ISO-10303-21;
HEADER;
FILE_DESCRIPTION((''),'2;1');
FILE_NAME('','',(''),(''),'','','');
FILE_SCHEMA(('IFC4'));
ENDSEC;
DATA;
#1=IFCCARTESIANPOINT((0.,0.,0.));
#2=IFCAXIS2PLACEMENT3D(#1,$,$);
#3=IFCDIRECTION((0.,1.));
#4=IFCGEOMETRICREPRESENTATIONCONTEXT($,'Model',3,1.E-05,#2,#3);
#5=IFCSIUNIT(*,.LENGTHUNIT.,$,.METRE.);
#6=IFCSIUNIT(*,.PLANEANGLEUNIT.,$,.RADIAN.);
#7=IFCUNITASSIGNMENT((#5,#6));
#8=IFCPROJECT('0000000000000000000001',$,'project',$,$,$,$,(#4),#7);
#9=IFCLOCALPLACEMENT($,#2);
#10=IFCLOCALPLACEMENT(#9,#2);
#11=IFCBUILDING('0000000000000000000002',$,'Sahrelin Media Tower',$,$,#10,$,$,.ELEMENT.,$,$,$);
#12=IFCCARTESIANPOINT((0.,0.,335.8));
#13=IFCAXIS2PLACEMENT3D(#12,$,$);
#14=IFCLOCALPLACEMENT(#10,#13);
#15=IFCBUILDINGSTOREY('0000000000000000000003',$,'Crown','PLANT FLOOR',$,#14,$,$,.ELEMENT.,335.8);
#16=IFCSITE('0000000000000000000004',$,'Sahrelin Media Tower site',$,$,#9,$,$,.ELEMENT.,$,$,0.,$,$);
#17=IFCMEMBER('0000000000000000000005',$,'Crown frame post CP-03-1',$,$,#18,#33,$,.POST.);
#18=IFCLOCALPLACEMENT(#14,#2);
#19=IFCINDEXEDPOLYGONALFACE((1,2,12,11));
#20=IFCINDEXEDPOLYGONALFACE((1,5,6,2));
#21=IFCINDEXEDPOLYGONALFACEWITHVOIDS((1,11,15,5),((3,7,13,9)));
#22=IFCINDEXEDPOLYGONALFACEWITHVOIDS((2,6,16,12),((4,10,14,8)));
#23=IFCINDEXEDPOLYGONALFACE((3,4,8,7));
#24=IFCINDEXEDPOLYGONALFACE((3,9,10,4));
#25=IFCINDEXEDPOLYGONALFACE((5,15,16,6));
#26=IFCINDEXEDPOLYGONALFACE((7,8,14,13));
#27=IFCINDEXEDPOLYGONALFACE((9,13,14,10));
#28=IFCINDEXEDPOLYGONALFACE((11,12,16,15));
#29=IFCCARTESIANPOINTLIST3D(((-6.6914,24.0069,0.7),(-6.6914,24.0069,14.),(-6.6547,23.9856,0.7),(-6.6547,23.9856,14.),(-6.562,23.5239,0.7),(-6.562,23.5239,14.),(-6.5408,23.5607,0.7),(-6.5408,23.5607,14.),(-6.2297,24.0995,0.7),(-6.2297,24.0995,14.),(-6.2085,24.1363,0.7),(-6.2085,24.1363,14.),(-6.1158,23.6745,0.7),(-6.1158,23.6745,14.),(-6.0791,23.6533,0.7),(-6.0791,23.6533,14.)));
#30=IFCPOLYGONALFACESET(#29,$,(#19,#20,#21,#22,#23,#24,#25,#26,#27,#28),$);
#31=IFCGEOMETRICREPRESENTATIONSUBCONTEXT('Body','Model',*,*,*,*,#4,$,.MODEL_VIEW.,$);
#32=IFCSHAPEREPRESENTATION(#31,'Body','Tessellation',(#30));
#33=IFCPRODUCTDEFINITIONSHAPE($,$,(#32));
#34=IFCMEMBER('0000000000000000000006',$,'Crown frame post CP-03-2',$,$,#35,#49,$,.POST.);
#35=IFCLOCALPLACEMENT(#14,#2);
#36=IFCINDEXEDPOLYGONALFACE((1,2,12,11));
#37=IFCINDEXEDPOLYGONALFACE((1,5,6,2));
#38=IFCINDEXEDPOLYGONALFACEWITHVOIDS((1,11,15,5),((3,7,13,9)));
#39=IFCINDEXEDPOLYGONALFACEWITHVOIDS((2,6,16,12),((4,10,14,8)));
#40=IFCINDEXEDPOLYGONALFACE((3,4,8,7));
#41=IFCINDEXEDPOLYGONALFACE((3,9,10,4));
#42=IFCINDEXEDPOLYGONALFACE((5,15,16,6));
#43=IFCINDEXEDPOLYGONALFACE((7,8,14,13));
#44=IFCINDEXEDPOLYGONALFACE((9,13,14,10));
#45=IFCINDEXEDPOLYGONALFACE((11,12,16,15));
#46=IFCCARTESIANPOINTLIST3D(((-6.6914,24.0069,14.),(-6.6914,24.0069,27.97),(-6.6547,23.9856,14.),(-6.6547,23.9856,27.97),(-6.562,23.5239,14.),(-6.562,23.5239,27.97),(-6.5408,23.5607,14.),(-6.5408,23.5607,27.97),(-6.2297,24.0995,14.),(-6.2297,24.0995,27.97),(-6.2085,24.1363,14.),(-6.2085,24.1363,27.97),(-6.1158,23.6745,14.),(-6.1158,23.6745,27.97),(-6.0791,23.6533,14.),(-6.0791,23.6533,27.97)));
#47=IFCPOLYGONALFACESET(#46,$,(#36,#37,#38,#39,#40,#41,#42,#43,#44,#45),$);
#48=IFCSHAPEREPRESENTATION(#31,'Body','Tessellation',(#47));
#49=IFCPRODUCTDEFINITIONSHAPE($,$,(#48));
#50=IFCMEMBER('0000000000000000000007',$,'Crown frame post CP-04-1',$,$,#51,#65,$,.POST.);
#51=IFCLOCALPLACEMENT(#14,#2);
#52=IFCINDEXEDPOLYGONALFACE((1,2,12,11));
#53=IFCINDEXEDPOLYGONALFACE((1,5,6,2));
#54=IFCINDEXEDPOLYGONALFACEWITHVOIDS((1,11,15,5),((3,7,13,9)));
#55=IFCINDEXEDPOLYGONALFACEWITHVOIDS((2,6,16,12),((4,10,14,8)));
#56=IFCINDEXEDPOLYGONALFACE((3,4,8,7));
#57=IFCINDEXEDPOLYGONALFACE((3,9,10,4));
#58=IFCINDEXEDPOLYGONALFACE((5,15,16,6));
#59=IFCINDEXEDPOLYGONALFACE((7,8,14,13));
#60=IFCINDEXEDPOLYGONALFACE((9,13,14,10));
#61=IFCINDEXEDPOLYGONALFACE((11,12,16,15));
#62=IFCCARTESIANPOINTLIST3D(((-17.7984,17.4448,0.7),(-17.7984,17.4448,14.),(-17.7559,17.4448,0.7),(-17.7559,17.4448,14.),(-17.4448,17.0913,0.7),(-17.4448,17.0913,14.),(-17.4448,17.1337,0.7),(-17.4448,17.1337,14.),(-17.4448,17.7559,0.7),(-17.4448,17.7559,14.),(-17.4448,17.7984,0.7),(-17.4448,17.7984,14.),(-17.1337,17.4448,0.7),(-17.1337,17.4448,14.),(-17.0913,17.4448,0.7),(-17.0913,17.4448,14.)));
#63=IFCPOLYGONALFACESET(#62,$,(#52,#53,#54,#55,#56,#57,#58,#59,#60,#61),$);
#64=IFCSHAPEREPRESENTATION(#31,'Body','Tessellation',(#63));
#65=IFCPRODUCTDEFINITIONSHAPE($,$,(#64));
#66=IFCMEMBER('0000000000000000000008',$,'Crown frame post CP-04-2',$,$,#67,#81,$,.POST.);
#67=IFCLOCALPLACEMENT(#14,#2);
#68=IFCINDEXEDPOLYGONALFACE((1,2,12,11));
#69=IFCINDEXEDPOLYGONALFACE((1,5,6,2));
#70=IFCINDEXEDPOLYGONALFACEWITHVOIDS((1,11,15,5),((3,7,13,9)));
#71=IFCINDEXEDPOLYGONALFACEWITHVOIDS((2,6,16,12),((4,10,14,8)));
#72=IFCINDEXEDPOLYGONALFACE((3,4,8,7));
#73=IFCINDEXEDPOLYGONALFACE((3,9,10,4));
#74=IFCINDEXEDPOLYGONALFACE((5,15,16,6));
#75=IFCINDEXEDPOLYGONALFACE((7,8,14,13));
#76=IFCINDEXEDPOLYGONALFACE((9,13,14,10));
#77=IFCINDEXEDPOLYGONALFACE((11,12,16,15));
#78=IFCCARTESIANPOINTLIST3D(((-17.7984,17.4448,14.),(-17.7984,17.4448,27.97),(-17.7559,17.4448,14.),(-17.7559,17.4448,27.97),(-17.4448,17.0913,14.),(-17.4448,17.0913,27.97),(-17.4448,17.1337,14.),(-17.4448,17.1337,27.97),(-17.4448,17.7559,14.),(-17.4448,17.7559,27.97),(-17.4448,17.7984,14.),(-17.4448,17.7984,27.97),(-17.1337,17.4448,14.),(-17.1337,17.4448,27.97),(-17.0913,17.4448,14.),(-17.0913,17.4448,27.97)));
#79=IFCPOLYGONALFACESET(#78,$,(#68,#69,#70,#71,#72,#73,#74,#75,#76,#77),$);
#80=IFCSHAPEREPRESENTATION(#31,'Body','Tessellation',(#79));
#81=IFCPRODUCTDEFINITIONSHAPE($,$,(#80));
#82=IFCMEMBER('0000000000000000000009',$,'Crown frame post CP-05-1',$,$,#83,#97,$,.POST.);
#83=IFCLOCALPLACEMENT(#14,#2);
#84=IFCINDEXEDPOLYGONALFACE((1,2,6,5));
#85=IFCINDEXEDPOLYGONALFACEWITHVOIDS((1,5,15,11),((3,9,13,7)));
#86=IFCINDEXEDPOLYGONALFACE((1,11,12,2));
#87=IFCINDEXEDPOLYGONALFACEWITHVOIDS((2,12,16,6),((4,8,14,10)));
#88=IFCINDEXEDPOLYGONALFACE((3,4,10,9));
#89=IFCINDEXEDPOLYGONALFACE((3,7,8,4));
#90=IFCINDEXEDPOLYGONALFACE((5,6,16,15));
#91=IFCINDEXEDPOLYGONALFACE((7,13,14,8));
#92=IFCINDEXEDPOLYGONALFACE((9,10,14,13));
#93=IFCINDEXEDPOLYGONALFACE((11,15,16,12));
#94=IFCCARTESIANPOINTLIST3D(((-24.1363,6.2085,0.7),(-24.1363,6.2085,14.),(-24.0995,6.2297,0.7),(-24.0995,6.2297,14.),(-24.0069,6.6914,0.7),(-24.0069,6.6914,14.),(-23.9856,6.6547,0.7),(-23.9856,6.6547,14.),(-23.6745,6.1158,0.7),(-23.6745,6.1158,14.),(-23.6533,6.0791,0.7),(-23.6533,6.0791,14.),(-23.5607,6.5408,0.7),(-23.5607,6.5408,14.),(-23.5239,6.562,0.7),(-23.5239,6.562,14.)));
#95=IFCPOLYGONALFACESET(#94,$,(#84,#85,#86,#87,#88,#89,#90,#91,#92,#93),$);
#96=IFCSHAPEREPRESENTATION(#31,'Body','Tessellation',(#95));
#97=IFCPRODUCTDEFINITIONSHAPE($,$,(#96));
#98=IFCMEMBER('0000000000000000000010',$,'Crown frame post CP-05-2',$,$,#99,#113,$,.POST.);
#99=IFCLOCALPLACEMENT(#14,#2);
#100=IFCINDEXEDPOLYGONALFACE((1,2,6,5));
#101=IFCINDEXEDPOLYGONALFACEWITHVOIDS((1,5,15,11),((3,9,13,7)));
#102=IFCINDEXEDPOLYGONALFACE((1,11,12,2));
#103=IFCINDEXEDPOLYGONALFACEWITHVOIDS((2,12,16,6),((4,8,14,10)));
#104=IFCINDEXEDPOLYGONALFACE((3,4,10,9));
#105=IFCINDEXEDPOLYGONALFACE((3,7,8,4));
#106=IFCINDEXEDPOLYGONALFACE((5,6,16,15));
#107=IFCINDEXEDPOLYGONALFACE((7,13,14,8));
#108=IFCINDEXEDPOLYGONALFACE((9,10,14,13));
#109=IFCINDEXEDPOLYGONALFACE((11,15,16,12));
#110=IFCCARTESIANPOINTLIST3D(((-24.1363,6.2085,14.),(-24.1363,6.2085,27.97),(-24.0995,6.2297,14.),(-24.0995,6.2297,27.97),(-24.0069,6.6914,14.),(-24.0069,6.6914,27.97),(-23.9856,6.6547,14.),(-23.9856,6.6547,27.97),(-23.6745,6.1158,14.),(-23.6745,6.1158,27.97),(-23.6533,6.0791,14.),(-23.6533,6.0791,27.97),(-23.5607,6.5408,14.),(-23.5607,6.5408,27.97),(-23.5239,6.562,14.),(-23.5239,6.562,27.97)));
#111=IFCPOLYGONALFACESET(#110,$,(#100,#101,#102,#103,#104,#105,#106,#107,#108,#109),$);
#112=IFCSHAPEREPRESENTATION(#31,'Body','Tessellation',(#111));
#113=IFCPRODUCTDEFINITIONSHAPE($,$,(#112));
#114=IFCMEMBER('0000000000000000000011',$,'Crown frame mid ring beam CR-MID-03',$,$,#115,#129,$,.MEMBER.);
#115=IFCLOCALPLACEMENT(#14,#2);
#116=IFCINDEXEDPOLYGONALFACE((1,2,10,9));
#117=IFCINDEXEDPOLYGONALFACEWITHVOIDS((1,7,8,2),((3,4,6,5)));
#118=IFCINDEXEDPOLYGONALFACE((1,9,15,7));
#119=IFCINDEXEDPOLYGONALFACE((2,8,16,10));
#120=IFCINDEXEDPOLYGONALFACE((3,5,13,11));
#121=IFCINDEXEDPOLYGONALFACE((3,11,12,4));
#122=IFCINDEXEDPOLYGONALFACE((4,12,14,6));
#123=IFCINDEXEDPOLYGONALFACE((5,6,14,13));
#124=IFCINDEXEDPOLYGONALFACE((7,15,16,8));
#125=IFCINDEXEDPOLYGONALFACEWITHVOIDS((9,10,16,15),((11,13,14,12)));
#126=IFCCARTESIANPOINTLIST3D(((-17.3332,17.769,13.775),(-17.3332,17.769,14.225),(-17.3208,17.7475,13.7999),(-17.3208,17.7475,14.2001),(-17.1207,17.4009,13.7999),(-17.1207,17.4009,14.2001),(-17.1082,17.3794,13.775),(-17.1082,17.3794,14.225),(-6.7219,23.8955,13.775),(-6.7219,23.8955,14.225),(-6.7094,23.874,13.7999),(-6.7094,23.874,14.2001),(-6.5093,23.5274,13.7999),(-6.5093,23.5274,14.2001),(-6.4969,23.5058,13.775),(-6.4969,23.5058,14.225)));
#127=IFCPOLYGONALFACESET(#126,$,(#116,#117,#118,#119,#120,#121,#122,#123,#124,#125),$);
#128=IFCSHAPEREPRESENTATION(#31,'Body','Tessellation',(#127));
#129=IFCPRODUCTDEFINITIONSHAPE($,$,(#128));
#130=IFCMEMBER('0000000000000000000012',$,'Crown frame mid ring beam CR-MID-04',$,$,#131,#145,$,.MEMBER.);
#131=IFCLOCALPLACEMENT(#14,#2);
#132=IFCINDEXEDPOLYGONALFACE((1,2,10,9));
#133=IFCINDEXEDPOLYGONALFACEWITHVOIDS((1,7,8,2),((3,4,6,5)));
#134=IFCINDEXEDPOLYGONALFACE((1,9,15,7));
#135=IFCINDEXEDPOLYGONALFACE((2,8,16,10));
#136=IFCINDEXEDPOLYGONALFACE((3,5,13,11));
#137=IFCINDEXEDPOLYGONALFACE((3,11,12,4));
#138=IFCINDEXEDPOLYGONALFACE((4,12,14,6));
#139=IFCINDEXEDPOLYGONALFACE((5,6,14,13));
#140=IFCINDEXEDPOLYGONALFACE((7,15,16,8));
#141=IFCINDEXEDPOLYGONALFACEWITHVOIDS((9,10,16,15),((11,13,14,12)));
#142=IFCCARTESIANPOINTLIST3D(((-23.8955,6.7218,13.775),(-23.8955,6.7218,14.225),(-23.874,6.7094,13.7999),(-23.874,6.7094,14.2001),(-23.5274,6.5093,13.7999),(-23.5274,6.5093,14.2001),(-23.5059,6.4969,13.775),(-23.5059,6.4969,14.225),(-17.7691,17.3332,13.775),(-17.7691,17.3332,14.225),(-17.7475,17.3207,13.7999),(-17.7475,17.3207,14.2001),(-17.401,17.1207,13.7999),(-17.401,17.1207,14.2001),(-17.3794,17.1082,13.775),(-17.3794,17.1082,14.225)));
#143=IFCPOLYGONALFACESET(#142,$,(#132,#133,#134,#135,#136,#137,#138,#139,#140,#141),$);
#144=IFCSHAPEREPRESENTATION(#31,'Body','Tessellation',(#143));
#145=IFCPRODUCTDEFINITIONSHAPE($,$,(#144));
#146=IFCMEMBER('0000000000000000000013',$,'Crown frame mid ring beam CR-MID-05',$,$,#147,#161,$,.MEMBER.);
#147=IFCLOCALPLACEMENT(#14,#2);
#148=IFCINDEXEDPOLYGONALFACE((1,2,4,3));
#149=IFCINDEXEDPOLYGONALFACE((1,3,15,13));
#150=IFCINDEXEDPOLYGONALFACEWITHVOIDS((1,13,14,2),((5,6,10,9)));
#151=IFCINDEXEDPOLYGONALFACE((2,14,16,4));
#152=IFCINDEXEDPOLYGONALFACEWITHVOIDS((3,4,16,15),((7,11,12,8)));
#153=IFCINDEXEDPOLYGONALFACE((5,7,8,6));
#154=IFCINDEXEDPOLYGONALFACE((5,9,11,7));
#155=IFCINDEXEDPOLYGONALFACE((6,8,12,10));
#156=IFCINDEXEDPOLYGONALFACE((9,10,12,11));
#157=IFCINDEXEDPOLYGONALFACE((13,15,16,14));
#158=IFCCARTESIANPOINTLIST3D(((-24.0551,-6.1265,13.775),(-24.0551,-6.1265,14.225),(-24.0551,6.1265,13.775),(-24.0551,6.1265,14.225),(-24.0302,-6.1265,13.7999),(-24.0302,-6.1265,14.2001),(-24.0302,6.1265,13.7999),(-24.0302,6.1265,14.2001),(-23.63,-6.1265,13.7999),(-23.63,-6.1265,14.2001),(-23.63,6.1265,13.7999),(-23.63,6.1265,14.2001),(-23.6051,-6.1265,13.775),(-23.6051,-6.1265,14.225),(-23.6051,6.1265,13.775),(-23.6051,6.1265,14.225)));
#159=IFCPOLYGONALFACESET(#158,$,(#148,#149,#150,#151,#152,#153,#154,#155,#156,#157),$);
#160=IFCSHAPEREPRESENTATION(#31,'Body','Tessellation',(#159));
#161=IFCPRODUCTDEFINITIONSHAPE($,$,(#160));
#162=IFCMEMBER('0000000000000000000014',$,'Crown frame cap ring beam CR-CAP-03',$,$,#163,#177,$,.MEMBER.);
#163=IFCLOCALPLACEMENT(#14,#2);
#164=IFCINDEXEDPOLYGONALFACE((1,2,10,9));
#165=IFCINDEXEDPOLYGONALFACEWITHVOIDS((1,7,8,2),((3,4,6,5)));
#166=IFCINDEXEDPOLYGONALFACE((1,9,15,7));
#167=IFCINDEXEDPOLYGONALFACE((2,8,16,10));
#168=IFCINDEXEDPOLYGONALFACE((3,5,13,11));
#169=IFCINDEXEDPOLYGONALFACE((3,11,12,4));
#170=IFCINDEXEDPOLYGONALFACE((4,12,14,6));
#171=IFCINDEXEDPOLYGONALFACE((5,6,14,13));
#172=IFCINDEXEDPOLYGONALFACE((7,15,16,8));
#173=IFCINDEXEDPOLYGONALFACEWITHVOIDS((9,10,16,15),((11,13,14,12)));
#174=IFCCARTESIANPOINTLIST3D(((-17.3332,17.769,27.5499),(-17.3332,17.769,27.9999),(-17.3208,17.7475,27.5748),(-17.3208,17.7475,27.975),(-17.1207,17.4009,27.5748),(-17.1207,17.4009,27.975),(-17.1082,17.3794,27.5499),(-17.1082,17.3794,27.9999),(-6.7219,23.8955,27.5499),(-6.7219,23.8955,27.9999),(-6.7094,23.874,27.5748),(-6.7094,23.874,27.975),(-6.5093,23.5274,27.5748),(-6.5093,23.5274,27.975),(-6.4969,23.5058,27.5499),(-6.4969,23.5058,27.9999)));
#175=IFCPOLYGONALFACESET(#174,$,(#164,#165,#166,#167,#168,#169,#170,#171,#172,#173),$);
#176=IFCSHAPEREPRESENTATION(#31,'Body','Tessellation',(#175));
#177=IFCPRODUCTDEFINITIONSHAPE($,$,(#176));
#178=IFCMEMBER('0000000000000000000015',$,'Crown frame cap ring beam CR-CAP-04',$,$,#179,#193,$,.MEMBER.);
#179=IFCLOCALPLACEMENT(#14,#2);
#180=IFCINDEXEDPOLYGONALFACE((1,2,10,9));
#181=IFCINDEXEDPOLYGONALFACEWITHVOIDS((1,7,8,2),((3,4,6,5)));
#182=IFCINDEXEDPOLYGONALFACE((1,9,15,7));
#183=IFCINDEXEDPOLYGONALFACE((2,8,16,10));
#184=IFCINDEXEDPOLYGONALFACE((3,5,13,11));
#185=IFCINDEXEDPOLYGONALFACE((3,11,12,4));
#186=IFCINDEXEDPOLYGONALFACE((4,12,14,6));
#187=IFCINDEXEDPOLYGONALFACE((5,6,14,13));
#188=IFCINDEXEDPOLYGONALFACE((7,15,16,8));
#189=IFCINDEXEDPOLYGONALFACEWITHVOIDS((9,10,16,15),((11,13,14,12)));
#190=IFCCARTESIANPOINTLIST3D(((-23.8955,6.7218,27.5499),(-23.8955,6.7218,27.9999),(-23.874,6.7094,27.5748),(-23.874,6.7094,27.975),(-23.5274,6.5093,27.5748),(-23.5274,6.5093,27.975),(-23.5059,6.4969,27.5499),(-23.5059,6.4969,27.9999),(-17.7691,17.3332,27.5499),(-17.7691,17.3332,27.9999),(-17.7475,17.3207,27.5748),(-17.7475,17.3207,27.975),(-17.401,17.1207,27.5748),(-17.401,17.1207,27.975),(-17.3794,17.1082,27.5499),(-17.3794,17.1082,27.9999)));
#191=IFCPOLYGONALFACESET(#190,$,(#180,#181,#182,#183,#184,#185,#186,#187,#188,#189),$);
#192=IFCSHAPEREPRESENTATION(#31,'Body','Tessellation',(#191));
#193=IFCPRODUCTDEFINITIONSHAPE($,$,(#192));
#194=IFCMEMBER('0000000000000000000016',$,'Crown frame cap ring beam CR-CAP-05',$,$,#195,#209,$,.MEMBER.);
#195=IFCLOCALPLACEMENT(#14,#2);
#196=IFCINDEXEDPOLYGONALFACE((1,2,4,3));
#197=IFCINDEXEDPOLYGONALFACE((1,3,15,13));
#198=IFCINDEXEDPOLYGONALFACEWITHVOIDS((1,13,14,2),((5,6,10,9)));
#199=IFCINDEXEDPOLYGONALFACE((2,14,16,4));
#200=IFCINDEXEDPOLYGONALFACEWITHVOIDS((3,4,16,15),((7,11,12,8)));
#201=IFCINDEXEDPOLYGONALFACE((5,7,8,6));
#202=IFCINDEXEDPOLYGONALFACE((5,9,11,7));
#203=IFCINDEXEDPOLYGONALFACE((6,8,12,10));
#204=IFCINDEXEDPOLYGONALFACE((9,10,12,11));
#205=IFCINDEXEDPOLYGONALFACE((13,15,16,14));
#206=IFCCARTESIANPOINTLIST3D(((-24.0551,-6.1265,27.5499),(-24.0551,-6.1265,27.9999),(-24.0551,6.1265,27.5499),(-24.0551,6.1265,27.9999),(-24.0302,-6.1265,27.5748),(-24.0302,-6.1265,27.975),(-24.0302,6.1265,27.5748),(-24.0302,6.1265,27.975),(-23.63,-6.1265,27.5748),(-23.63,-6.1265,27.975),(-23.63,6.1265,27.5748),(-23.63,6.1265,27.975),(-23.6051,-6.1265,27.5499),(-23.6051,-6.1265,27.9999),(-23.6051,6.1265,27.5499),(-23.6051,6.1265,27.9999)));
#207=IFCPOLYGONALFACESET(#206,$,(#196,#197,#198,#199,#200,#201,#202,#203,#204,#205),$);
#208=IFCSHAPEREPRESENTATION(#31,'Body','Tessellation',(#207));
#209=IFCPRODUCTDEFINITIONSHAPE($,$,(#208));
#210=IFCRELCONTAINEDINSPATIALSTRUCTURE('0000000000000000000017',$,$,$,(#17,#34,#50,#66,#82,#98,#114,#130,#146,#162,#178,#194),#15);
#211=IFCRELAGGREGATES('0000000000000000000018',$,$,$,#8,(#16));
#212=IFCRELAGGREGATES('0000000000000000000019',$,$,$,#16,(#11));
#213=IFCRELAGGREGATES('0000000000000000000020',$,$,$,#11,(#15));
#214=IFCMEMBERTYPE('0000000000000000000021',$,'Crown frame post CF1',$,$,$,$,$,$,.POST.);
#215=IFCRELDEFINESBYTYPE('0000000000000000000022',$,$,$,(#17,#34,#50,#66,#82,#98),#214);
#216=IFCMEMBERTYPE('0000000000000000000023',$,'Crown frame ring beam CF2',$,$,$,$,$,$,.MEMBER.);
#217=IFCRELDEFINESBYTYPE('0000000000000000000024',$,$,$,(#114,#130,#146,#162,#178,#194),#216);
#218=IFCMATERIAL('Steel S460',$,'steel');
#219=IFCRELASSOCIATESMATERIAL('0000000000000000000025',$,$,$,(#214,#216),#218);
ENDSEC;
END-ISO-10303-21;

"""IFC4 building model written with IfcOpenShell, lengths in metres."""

from ifc_helpers import new_model, si_unit, direction, frame, origin, origin_2d, place, context, subcontext, project, spatial, hollow_rectangle, extrude, material, material_profile, profile_set, type_object, element, save


model = new_model("IFC4")

# Units and contexts
model_context = context("Model", 3, precision=1e-05, world=origin(), true_north=direction((0.0, 1.0)))
body_context = subcontext(model_context, "Body", "Model", "MODEL_VIEW")
ifc_project = project(units=[si_unit("LENGTHUNIT", "METRE"), si_unit("PLANEANGLEUNIT", "RADIAN")], contexts=[model_context])

# Site, building, storey
site_placement = place(None, origin())
site = spatial("IfcSite", under=ifc_project, at=site_placement, Name="Sahrelin Media Tower site", CompositionType="ELEMENT", RefElevation=0.0)
building_placement = place(site_placement, origin())
building = spatial("IfcBuilding", under=site, at=building_placement, Name="Sahrelin Media Tower", CompositionType="ELEMENT")
storey_placement = place(building_placement, frame((0.0, 0.0, 335.8)))
storey = spatial("IfcBuildingStorey", under=building, at=storey_placement, Name="Crown", Description="PLANT FLOOR", CompositionType="ELEMENT", Elevation=335.8)

# Members
ifc_material_1 = material(Name="Steel S460", Category="steel")
ifc_material_profile_1 = material_profile(ifc_material_1, hollow_rectangle(XDim=0.5, YDim=0.5, WallThickness=0.03, at=origin_2d()), Name="Crown frame post CF1")
ifc_profile_set_1 = profile_set([ifc_material_profile_1], Name="Steel S460")
member_type_1 = type_object("IfcMemberType", Name="Crown frame post CF1", PredefinedType="POST", material=ifc_profile_set_1)
member_1_placement = place(storey_placement, frame((-6.3853, 23.8301, 0.7), z_axis=(0.0, 0.0, 1.0), x_axis=(-0.258819, 0.965926, 0.0)))
element("IfcMember", 1, at=member_1_placement, inside=storey, type_object=member_type_1, Name="Crown frame post CP-03-1", PredefinedType="POST", context=body_context, shape_type="SweptSolid", body=[
    extrude(hollow_rectangle(XDim=0.5, YDim=0.5, WallThickness=0.03, at=origin_2d()), origin(), (0.0, 0.0, 1.0), 13.3),
])
member_2_placement = place(storey_placement, frame((-6.3853, 23.8301, 14.0), z_axis=(0.0, 0.0, 1.0), x_axis=(-0.258819, 0.965926, 0.0)))
element("IfcMember", 2, at=member_2_placement, inside=storey, type_object=member_type_1, Name="Crown frame post CP-03-2", PredefinedType="POST", context=body_context, shape_type="SweptSolid", body=[
    extrude(hollow_rectangle(XDim=0.5, YDim=0.5, WallThickness=0.03, at=origin_2d()), origin(), (0.0, 0.0, 1.0), 13.97),
])
member_3_placement = place(storey_placement, frame((-17.4448, 17.4448, 0.7), z_axis=(0.0, 0.0, 1.0), x_axis=(-0.707107, 0.707107, 0.0)))
element("IfcMember", 3, at=member_3_placement, inside=storey, type_object=member_type_1, Name="Crown frame post CP-04-1", PredefinedType="POST", context=body_context, shape_type="SweptSolid", body=[
    extrude(hollow_rectangle(XDim=0.5, YDim=0.5, WallThickness=0.03, at=origin_2d()), origin(), (0.0, 0.0, 1.0), 13.3),
])
member_4_placement = place(storey_placement, frame((-17.4448, 17.4448, 14.0), z_axis=(0.0, 0.0, 1.0), x_axis=(-0.707107, 0.707107, 0.0)))
element("IfcMember", 4, at=member_4_placement, inside=storey, type_object=member_type_1, Name="Crown frame post CP-04-2", PredefinedType="POST", context=body_context, shape_type="SweptSolid", body=[
    extrude(hollow_rectangle(XDim=0.5, YDim=0.5, WallThickness=0.03, at=origin_2d()), origin(), (0.0, 0.0, 1.0), 13.97),
])
member_5_placement = place(storey_placement, frame((-23.8301, 6.3853, 0.7), z_axis=(0.0, 0.0, 1.0), x_axis=(-0.965926, 0.258819, 0.0)))
element("IfcMember", 5, at=member_5_placement, inside=storey, type_object=member_type_1, Name="Crown frame post CP-05-1", PredefinedType="POST", context=body_context, shape_type="SweptSolid", body=[
    extrude(hollow_rectangle(XDim=0.5, YDim=0.5, WallThickness=0.03, at=origin_2d()), origin(), (0.0, 0.0, 1.0), 13.3),
])
member_6_placement = place(storey_placement, frame((-23.8301, 6.3853, 14.0), z_axis=(0.0, 0.0, 1.0), x_axis=(-0.965926, 0.258819, 0.0)))
element("IfcMember", 6, at=member_6_placement, inside=storey, type_object=member_type_1, Name="Crown frame post CP-05-2", PredefinedType="POST", context=body_context, shape_type="SweptSolid", body=[
    extrude(hollow_rectangle(XDim=0.5, YDim=0.5, WallThickness=0.03, at=origin_2d()), origin(), (0.0, 0.0, 1.0), 13.97),
])
ifc_material_profile_2 = material_profile(ifc_material_1, hollow_rectangle(XDim=0.45, YDim=0.45, WallThickness=0.0249, at=origin_2d()), Name="Crown frame ring beam CF2")
ifc_profile_set_2 = profile_set([ifc_material_profile_2], Name="Steel S460")
member_type_2 = type_object("IfcMemberType", Name="Crown frame ring beam CF2", PredefinedType="MEMBER", material=ifc_profile_set_2)
for number, where, z_axis, x_axis, name in (
    (7, (-6.6094, 23.7007, 14.0), (-0.866025, -0.500001, 0.0), (0.500001, -0.866025, 0.0), "Crown frame mid ring beam CR-MID-03"),
    (8, (-17.5742, 17.2207, 14.0), (-0.500001, -0.866025, 0.0), (0.866025, -0.500001, 0.0), "Crown frame mid ring beam CR-MID-04"),
    (9, (-23.8301, 6.1265, 14.0), (0.0, -1.0, 0.0), (1.0, 0.0, 0.0), "Crown frame mid ring beam CR-MID-05"),
    (10, (-6.6094, 23.7007, 27.7749), (-0.866025, -0.500001, 0.0), (0.500001, -0.866025, 0.0), "Crown frame cap ring beam CR-CAP-03"),
    (11, (-17.5742, 17.2207, 27.7749), (-0.500001, -0.866025, 0.0), (0.866025, -0.500001, 0.0), "Crown frame cap ring beam CR-CAP-04"),
    (12, (-23.8301, 6.1265, 27.7749), (0.0, -1.0, 0.0), (1.0, 0.0, 0.0), "Crown frame cap ring beam CR-CAP-05"),
):
    element("IfcMember", number, at=place(storey_placement, frame(where, z_axis=z_axis, x_axis=x_axis)), inside=storey, type_object=member_type_2, Name=name, PredefinedType="MEMBER", context=body_context, shape_type="SweptSolid", body=[
        extrude(hollow_rectangle(XDim=0.45, YDim=0.45, WallThickness=0.0249, at=origin_2d()), origin(), (0.0, 0.0, 1.0), 12.2529),
    ])

save(model, "model.ifc")
